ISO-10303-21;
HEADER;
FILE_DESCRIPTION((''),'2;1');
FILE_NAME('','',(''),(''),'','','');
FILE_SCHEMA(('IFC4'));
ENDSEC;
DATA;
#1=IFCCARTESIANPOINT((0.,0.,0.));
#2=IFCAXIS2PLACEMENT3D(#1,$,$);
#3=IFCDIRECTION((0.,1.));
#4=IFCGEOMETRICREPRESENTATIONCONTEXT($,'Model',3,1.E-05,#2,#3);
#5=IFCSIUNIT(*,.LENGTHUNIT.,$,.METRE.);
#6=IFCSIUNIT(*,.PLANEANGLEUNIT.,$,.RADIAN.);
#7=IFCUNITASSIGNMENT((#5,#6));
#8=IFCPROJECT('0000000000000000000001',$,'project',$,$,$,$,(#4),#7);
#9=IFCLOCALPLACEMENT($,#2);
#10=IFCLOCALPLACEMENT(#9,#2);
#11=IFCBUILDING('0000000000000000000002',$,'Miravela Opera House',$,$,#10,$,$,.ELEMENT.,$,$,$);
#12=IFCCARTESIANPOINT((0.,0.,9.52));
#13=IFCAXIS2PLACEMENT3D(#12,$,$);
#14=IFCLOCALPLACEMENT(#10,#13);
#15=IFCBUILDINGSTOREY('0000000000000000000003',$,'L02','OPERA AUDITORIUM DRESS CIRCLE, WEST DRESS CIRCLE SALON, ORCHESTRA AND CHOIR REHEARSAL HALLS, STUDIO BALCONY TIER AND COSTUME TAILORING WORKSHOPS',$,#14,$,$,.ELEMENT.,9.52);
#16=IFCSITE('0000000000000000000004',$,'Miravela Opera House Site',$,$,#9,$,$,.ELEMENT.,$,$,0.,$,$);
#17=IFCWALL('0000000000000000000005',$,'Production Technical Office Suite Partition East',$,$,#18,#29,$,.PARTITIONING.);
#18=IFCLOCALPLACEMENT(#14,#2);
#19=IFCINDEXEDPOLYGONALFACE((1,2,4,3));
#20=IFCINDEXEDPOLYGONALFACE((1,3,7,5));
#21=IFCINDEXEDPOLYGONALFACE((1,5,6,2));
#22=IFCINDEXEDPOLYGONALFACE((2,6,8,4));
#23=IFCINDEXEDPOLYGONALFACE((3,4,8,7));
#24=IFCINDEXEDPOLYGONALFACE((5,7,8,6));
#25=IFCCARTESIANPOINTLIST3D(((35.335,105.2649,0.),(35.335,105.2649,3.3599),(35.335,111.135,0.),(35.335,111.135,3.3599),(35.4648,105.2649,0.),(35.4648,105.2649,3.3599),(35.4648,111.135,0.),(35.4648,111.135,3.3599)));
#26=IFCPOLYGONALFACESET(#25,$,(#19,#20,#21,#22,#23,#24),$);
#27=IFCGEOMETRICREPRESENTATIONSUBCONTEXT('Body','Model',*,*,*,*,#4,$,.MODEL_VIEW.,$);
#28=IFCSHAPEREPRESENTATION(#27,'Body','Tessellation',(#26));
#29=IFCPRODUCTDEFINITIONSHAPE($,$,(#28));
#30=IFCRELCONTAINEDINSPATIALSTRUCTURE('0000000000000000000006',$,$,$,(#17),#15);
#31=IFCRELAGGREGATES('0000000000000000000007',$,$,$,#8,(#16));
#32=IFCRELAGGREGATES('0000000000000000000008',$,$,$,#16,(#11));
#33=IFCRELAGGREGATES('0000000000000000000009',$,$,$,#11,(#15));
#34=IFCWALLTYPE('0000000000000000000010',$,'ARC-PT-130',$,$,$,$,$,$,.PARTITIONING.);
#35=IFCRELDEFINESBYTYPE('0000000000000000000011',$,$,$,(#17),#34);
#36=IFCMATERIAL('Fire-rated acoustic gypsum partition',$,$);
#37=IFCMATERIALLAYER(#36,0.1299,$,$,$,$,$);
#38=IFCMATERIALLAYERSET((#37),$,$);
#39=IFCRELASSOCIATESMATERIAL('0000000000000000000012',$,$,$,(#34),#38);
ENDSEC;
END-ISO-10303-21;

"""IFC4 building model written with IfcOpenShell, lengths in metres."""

from ifc_helpers import new_model, si_unit, direction, frame, frame_2d, origin, place, context, subcontext, project, spatial, rectangle, extrude, material, layer, layer_set, type_object, element, save


model = new_model("IFC4")

# Units and contexts
model_context = context("Model", 3, precision=1e-05, world=origin(), true_north=direction((0.0, 1.0)))
body_context = subcontext(model_context, "Body", "Model", "MODEL_VIEW")
ifc_project = project(units=[si_unit("LENGTHUNIT", "METRE"), si_unit("PLANEANGLEUNIT", "RADIAN")], contexts=[model_context])

# Site, building, storey
site_placement = place(None, origin())
site = spatial("IfcSite", under=ifc_project, at=site_placement, Name="Miravela Opera House Site", CompositionType="ELEMENT", RefElevation=0.0)
building_placement = place(site_placement, origin())
building = spatial("IfcBuilding", under=site, at=building_placement, Name="Miravela Opera House", CompositionType="ELEMENT")
storey_placement = place(building_placement, frame((0.0, 0.0, 9.52)))
storey = spatial("IfcBuildingStorey", under=building, at=storey_placement, Name="L02", Description="OPERA AUDITORIUM DRESS CIRCLE, WEST DRESS CIRCLE SALON, ORCHESTRA AND CHOIR REHEARSAL HALLS, STUDIO BALCONY TIER AND COSTUME TAILORING WORKSHOPS", CompositionType="ELEMENT", Elevation=9.52)

# Shared definitions
ifc_material_1 = material(Name="Fire-rated acoustic gypsum partition")
ifc_layer_1 = layer(ifc_material_1, 0.1299)
ifc_layer_set_1 = layer_set([ifc_layer_1])
wall_type = type_object("IfcWallType", Name="ARC-PT-130", PredefinedType="PARTITIONING", material=ifc_layer_set_1)

# Wall
wall_1_placement = place(storey_placement, frame((35.3999, 105.2649, 0.0), z_axis=(0.0, 0.0, 1.0), x_axis=(0.0, 1.0, 0.0)))
element("IfcWall", 1, at=wall_1_placement, inside=storey, type_object=wall_type, Name="Production Technical Office Suite Partition East", PredefinedType="PARTITIONING", context=body_context, shape_type="SweptSolid", body=[
    extrude(rectangle(XDim=5.8701, YDim=0.1299, at=frame_2d((2.9351, 0.0))), origin(), (0.0, 0.0, 1.0), 3.3599),
])

save(model, "model.ifc")
